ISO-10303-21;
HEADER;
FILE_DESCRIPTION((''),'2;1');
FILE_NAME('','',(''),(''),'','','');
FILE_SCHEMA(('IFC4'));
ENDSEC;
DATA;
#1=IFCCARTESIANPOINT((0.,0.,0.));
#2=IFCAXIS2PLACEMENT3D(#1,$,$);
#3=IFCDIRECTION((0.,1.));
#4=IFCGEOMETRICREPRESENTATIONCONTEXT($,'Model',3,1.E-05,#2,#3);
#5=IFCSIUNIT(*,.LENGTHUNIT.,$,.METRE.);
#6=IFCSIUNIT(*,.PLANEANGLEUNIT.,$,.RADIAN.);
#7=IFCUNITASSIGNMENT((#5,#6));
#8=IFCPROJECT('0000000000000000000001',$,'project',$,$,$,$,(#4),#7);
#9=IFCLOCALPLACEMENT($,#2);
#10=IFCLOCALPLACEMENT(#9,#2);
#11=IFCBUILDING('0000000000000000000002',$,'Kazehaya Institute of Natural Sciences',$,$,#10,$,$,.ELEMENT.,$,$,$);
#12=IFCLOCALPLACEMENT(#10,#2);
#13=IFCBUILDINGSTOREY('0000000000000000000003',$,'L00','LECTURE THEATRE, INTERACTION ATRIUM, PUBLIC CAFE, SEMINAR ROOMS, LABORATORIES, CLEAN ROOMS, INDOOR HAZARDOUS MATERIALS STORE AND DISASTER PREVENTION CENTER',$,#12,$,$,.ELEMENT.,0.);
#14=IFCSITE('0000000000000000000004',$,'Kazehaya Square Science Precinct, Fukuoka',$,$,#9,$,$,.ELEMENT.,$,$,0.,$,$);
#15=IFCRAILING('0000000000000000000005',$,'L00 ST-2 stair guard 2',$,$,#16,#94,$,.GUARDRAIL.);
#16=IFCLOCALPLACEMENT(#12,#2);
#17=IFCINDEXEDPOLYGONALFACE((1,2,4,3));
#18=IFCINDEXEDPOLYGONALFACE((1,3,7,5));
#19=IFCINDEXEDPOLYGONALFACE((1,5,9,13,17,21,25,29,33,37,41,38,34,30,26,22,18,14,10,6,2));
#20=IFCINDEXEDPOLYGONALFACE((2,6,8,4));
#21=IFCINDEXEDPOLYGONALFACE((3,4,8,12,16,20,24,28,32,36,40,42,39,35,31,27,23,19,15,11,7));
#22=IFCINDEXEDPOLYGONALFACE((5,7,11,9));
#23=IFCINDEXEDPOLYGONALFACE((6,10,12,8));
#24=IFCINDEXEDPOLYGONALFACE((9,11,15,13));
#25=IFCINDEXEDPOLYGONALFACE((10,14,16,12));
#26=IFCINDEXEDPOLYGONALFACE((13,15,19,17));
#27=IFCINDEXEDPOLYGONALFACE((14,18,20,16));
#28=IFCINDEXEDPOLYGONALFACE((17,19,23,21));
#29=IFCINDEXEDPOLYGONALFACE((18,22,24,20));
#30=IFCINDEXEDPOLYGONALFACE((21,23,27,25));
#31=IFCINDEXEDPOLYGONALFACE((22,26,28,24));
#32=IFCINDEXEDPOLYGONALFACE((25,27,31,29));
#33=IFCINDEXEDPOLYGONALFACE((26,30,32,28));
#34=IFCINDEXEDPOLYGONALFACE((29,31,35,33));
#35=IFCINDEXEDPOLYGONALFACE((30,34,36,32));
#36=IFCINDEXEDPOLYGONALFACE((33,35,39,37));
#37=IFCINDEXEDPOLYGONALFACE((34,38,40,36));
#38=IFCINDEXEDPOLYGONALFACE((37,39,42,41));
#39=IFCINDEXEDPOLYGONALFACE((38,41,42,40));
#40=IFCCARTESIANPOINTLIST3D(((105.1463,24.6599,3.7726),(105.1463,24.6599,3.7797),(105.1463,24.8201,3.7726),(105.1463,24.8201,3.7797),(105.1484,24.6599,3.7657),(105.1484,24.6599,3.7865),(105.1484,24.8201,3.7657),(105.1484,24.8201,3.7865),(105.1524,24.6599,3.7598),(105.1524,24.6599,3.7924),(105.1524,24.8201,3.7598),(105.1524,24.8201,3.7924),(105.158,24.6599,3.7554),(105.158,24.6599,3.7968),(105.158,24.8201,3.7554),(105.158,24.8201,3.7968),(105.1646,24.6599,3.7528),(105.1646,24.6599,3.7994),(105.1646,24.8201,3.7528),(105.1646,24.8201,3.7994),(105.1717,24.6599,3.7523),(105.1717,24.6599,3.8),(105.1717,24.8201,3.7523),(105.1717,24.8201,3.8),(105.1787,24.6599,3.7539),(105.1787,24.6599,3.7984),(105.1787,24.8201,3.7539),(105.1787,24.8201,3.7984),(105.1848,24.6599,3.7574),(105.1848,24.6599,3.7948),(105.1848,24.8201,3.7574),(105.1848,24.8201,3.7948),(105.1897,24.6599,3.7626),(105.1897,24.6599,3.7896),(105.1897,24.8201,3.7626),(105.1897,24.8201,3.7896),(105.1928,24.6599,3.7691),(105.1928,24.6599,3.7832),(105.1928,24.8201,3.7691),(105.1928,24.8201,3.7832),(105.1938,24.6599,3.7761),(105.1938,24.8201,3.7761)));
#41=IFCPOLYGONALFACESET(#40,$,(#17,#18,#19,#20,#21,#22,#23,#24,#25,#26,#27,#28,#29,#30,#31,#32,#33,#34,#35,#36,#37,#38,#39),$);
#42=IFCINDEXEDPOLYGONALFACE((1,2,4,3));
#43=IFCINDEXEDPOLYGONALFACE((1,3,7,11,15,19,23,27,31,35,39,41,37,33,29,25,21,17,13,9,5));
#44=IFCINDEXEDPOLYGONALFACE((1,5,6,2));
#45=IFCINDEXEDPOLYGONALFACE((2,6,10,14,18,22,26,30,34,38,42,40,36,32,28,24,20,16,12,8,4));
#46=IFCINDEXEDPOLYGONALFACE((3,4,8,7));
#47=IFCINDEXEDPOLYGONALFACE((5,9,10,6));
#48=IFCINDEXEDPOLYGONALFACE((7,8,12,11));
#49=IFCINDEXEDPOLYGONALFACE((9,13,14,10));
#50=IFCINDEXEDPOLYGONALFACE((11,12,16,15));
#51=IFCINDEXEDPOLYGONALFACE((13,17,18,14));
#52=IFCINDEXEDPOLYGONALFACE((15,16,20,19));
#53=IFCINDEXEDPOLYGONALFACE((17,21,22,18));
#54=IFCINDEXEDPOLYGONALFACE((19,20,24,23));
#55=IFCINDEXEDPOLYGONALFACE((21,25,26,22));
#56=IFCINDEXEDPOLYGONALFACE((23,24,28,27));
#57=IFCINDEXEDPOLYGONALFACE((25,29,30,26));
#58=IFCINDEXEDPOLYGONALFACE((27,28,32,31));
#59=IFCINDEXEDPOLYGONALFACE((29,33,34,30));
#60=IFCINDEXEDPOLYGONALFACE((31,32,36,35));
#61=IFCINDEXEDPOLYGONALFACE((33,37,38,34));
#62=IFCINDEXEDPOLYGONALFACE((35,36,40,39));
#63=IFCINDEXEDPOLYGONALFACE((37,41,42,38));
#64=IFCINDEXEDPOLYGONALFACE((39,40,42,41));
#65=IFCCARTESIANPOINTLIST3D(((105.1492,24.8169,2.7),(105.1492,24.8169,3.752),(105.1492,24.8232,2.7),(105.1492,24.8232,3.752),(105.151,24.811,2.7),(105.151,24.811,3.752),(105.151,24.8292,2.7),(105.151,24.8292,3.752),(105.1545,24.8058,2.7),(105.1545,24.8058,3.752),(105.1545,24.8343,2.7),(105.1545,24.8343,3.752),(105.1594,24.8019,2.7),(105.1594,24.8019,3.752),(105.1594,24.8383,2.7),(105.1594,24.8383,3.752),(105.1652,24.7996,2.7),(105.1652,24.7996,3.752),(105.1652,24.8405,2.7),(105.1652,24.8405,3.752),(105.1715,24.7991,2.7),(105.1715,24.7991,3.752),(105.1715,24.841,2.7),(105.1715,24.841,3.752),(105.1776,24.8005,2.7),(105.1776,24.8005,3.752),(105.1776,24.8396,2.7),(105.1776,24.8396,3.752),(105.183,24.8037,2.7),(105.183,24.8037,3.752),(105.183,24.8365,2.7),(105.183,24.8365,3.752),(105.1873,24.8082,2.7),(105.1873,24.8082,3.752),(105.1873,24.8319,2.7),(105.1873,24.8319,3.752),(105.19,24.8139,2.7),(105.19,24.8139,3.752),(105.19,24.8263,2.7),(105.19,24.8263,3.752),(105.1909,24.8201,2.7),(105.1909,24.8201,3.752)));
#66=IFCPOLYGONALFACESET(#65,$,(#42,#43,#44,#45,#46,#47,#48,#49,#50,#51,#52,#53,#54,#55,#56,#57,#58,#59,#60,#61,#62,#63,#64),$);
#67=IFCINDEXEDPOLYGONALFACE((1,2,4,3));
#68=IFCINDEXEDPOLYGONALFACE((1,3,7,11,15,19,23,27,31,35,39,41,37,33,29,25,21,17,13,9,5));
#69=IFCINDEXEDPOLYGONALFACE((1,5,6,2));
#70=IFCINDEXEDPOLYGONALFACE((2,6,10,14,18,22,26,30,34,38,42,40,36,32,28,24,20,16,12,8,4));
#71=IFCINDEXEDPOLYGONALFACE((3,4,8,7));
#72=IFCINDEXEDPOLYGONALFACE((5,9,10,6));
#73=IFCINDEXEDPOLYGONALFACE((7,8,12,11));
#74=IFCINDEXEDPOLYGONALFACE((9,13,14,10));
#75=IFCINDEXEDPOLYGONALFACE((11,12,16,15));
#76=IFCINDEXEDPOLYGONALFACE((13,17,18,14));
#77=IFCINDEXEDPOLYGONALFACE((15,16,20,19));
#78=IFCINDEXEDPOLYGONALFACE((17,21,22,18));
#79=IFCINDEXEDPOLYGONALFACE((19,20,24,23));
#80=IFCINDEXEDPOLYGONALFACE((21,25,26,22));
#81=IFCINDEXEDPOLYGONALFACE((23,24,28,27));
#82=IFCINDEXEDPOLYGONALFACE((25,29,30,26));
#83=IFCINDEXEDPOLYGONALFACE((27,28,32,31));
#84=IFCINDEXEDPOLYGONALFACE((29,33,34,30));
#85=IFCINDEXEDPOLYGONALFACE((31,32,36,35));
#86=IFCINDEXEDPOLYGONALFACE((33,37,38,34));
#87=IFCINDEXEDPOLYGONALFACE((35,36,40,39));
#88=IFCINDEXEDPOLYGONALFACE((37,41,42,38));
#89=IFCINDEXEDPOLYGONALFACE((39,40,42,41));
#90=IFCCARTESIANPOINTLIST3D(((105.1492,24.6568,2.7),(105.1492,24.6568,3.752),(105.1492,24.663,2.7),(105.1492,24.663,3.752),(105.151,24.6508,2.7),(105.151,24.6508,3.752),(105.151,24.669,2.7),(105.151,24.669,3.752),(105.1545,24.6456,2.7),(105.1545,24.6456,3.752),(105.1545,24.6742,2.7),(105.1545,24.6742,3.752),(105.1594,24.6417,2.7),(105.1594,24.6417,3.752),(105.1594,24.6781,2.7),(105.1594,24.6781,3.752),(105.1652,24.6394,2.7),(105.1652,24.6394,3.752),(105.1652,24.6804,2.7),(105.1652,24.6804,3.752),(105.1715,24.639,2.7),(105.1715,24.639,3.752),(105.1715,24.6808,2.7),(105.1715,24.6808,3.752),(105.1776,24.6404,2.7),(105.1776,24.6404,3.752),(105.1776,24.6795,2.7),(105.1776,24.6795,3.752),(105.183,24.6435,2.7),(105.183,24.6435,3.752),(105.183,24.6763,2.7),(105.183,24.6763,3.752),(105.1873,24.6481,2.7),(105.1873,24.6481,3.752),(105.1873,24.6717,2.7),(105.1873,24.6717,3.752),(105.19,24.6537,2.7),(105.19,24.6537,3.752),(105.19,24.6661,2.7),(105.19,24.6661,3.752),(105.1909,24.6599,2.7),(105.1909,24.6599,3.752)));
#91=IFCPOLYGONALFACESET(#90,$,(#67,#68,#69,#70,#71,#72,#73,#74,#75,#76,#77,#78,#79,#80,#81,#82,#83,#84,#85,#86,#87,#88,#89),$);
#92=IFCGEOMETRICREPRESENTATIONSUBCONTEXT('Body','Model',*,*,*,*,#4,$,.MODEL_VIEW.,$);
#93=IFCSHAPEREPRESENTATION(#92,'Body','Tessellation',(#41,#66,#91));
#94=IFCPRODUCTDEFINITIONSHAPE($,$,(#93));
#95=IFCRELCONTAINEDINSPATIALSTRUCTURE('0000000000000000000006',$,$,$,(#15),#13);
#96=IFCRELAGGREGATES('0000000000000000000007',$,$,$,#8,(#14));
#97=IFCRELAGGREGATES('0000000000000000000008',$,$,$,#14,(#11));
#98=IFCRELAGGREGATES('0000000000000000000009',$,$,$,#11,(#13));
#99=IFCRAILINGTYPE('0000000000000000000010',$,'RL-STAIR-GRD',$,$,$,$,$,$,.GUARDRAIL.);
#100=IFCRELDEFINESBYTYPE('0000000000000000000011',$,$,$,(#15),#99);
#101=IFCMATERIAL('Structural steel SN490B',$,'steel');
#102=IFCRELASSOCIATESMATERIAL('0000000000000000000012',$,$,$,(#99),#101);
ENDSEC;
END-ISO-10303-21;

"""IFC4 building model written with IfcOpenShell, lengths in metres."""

from ifc_helpers import new_model, si_unit, direction, frame, origin, origin_2d, place, context, subcontext, project, spatial, circle, extrude, material, type_object, element, save


model = new_model("IFC4")

# Units and contexts
model_context = context("Model", 3, precision=1e-05, world=origin(), true_north=direction((0.0, 1.0)))
body_context = subcontext(model_context, "Body", "Model", "MODEL_VIEW")
ifc_project = project(units=[si_unit("LENGTHUNIT", "METRE"), si_unit("PLANEANGLEUNIT", "RADIAN")], contexts=[model_context])

# Site, building, storey
site_placement = place(None, origin())
site = spatial("IfcSite", under=ifc_project, at=site_placement, Name="Kazehaya Square Science Precinct, Fukuoka", CompositionType="ELEMENT", RefElevation=0.0)
building_placement = place(site_placement, origin())
building = spatial("IfcBuilding", under=site, at=building_placement, Name="Kazehaya Institute of Natural Sciences", CompositionType="ELEMENT")
storey_placement = place(building_placement, origin())
storey = spatial("IfcBuildingStorey", under=building, at=storey_placement, Name="L00", Description="LECTURE THEATRE, INTERACTION ATRIUM, PUBLIC CAFE, SEMINAR ROOMS, LABORATORIES, CLEAN ROOMS, INDOOR HAZARDOUS MATERIALS STORE AND DISASTER PREVENTION CENTER", CompositionType="ELEMENT", Elevation=0.0)

# Railing
ifc_material_1 = material(Name="Structural steel SN490B", Category="steel")
railing_type_1 = type_object("IfcRailingType", Name="RL-STAIR-GRD", PredefinedType="GUARDRAIL", material=ifc_material_1)
railing_1_placement = place(storey_placement, frame((105.1699, 24.8201, 2.7)))
element("IfcRailing", 1, at=railing_1_placement, inside=storey, type_object=railing_type_1, Name="L00 ST-2 stair guard 2", PredefinedType="GUARDRAIL", context=body_context, shape_type="SweptSolid", body=[
    extrude(circle(Radius=0.0239, at=origin_2d()), frame((0.0, 0.0, 1.0762), z_axis=(0.0, -1.0, 0.0), x_axis=(1.0, 0.0, 0.0)), (0.0, 0.0, 1.0), 0.1602),
    extrude(circle(Radius=0.021, at=origin_2d()), origin(), (0.0, 0.0, 1.0), 1.052),
    extrude(circle(Radius=0.021, at=origin_2d()), frame((0.0, -0.1602, 0.0)), (0.0, 0.0, 1.0), 1.052),
])

save(model, "model.ifc")
